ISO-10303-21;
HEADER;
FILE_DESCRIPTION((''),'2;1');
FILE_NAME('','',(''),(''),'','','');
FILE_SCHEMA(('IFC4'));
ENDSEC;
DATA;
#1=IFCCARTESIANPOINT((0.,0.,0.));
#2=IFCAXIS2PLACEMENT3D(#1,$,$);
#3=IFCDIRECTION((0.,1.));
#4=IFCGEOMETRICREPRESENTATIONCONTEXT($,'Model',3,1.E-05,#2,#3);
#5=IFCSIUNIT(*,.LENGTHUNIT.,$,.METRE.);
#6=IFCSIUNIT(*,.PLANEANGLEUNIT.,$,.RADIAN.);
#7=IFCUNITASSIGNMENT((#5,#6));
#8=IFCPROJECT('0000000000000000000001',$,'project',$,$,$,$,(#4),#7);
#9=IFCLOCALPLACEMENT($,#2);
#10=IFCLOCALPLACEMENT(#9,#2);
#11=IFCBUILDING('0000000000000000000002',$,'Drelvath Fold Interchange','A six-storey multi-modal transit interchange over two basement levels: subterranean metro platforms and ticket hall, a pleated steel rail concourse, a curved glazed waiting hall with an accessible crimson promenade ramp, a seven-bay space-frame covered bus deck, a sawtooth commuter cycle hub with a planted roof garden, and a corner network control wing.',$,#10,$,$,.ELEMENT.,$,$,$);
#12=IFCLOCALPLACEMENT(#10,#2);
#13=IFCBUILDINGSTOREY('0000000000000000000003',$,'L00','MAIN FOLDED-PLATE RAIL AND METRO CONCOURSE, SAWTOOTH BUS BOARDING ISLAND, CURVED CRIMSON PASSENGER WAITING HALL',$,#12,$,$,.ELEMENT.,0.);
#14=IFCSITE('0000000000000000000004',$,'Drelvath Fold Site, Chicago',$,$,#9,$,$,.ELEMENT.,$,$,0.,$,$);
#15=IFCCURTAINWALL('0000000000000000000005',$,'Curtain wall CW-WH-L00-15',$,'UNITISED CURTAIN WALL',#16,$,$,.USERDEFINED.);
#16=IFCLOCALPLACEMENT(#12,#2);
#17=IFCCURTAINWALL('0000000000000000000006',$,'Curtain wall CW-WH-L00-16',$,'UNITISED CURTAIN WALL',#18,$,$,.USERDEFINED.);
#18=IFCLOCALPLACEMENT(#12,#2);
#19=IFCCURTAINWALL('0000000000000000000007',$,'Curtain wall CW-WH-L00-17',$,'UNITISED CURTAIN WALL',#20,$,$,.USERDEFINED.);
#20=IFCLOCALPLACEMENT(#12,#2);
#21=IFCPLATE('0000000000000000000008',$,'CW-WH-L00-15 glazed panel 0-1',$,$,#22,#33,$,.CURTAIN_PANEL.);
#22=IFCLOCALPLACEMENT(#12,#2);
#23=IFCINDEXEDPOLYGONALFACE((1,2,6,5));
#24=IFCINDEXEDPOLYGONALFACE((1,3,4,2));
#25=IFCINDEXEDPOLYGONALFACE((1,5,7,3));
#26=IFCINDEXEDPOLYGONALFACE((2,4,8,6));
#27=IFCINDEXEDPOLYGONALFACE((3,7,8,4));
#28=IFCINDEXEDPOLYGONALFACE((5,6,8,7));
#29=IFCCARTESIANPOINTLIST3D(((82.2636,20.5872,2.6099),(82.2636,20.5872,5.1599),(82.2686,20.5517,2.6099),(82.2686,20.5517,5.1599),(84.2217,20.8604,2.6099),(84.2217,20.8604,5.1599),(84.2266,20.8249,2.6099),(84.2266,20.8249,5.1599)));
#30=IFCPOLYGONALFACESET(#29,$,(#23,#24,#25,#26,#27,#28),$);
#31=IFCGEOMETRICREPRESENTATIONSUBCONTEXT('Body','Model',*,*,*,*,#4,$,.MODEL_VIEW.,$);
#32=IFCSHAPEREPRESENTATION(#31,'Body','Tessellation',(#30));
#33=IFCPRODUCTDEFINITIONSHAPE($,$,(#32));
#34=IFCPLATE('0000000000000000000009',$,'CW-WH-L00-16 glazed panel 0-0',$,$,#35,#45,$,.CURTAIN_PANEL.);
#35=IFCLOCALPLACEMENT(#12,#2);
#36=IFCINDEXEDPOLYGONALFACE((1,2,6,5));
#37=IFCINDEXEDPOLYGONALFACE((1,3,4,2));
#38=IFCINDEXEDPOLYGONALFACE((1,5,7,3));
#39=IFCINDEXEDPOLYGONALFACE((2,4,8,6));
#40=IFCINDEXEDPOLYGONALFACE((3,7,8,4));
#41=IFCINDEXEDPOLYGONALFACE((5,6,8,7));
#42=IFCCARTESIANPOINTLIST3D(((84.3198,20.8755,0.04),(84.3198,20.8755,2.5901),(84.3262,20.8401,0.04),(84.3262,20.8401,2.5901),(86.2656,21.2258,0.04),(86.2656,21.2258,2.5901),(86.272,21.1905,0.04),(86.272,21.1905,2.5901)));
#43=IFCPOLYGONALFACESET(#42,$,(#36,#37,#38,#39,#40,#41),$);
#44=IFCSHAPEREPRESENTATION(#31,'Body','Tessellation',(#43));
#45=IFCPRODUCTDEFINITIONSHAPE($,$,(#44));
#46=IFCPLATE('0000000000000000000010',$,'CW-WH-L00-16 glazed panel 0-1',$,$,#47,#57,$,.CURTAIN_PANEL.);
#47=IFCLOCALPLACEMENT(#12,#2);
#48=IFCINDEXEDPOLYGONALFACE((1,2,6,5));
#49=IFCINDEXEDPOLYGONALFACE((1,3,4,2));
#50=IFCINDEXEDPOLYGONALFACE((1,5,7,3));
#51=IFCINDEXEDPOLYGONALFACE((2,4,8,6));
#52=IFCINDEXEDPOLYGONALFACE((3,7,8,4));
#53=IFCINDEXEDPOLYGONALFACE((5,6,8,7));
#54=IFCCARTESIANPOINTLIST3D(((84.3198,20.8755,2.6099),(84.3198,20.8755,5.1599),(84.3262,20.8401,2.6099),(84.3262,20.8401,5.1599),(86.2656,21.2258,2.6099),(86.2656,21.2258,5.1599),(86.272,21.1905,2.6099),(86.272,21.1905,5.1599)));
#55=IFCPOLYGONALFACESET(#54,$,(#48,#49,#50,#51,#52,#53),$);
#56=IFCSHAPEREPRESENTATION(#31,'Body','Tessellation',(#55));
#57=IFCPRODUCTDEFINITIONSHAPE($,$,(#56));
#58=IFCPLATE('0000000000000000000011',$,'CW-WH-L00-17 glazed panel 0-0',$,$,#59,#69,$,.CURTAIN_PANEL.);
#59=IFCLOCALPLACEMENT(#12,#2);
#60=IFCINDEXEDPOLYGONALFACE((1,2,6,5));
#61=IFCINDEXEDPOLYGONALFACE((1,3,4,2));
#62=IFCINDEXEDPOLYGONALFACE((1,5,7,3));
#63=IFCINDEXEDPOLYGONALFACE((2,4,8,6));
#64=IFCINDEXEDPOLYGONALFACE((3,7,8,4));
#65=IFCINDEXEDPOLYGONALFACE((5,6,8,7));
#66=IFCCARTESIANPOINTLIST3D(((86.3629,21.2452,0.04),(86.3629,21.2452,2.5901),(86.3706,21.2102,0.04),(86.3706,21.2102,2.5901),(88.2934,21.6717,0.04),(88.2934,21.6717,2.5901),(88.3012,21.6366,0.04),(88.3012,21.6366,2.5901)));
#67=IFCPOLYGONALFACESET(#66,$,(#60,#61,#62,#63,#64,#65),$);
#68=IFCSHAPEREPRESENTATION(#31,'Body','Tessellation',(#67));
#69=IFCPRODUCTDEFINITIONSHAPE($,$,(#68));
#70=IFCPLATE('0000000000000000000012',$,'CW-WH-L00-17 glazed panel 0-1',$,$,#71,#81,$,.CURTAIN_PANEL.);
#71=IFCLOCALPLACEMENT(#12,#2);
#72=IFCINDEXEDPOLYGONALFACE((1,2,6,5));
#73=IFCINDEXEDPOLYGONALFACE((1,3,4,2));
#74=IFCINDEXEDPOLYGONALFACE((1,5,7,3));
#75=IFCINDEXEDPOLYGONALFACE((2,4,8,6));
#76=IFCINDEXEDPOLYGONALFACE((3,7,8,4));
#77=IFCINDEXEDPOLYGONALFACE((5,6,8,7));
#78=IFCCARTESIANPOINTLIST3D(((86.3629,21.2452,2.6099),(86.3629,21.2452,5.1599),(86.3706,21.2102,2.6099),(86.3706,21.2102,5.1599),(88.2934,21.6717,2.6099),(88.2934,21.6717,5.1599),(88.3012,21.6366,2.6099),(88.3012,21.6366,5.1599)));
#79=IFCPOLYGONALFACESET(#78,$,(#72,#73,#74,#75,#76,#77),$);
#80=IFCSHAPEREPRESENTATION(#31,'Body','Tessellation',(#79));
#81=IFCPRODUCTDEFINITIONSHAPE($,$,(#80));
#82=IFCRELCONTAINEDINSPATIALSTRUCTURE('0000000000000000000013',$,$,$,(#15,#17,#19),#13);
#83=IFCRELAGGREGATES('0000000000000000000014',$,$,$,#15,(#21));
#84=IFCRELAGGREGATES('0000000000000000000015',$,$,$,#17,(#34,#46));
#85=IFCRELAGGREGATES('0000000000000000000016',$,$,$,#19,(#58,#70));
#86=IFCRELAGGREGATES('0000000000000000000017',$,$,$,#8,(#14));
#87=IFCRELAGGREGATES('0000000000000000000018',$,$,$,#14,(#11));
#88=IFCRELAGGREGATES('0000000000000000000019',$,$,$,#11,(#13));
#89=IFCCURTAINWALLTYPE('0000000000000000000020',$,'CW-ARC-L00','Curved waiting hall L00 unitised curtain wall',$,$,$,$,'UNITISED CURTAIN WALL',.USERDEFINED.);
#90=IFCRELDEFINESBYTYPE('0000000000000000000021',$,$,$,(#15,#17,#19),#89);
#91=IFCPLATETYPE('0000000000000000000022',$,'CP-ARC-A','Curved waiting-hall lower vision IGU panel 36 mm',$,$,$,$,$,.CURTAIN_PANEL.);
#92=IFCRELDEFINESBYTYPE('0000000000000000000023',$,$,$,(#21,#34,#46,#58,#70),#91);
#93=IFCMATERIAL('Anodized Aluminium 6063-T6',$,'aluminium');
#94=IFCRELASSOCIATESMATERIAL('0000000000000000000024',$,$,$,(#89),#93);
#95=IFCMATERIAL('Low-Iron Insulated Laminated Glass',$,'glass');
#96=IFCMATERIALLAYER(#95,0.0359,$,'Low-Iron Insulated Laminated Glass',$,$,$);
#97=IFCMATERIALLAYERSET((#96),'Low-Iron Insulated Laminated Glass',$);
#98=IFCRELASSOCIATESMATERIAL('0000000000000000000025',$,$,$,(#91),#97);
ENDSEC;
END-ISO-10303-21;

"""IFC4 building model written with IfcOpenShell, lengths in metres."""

from ifc_helpers import new_model, si_unit, direction, frame, origin, origin_2d, place, context, subcontext, project, spatial, rectangle, extrude, material, layer, layer_set, type_object, element, aggregate, save


model = new_model("IFC4")

# Units and contexts
model_context = context("Model", 3, precision=1e-05, world=origin(), true_north=direction((0.0, 1.0)))
body_context = subcontext(model_context, "Body", "Model", "MODEL_VIEW")
ifc_project = project(units=[si_unit("LENGTHUNIT", "METRE"), si_unit("PLANEANGLEUNIT", "RADIAN")], contexts=[model_context])

# Site, building, storey
site_placement = place(None, origin())
site = spatial("IfcSite", under=ifc_project, at=site_placement, Name="Drelvath Fold Site, Chicago", CompositionType="ELEMENT", RefElevation=0.0)
building_placement = place(site_placement, origin())
building = spatial("IfcBuilding", under=site, at=building_placement, Name="Drelvath Fold Interchange", Description="A six-storey multi-modal transit interchange over two basement levels: subterranean metro platforms and ticket hall, a pleated steel rail concourse, a curved glazed waiting hall with an accessible crimson promenade ramp, a seven-bay space-frame covered bus deck, a sawtooth commuter cycle hub with a planted roof garden, and a corner network control wing.", CompositionType="ELEMENT")
storey_placement = place(building_placement, origin())
storey = spatial("IfcBuildingStorey", under=building, at=storey_placement, Name="L00", Description="MAIN FOLDED-PLATE RAIL AND METRO CONCOURSE, SAWTOOTH BUS BOARDING ISLAND, CURVED CRIMSON PASSENGER WAITING HALL", CompositionType="ELEMENT", Elevation=0.0)

# Curtain walls
ifc_material_1 = material(Name="Anodized Aluminium 6063-T6", Category="aluminium")
curtain_wall_type = type_object("IfcCurtainWallType", Name="CW-ARC-L00", Description="Curved waiting hall L00 unitised curtain wall", ElementType="UNITISED CURTAIN WALL", PredefinedType="USERDEFINED", material=ifc_material_1)
curtain_wall_1_placement = place(storey_placement, origin())
curtain_wall_1 = element("IfcCurtainWall", 1, at=curtain_wall_1_placement, inside=storey, type_object=curtain_wall_type, Name="Curtain wall CW-WH-L00-15", ObjectType="UNITISED CURTAIN WALL", PredefinedType="USERDEFINED")
curtain_wall_2_placement = place(storey_placement, origin())
curtain_wall_2 = element("IfcCurtainWall", 2, at=curtain_wall_2_placement, inside=storey, type_object=curtain_wall_type, Name="Curtain wall CW-WH-L00-16", ObjectType="UNITISED CURTAIN WALL", PredefinedType="USERDEFINED")

# Curtain wall
curtain_wall_3_placement = place(storey_placement, origin())
curtain_wall_3 = element("IfcCurtainWall", 3, at=curtain_wall_3_placement, inside=storey, type_object=curtain_wall_type, Name="Curtain wall CW-WH-L00-17", ObjectType="UNITISED CURTAIN WALL", PredefinedType="USERDEFINED")

# Plates
ifc_material_2 = material(Name="Low-Iron Insulated Laminated Glass", Category="glass")
ifc_layer = layer(ifc_material_2, 0.0359, Name="Low-Iron Insulated Laminated Glass")
ifc_layer_set = layer_set([ifc_layer], Name="Low-Iron Insulated Laminated Glass")
plate_type = type_object("IfcPlateType", Name="CP-ARC-A", Description="Curved waiting-hall lower vision IGU panel 36 mm", PredefinedType="CURTAIN_PANEL", material=ifc_layer_set)
plate_1_placement = place(storey_placement, frame((83.2451, 20.7061, 2.6099), z_axis=(0.0, 0.0, 1.0), x_axis=(0.990406, 0.138188, 0.0)))
plate_1 = element("IfcPlate", 4, at=plate_1_placement, type_object=plate_type, Name="CW-WH-L00-15 glazed panel 0-1", PredefinedType="CURTAIN_PANEL", context=body_context, shape_type="SweptSolid", body=[
    extrude(rectangle(XDim=1.9771, YDim=0.0359, at=origin_2d()), origin(), (0.0, 0.0, 1.0), 2.55),
])
aggregate(curtain_wall_1, [plate_1])
plate_2_placement = place(storey_placement, frame((85.2959, 21.033, 0.04), z_axis=(0.0, 0.0, 1.0), x_axis=(0.984177, 0.177188, 0.0)))
plate_2 = element("IfcPlate", 5, at=plate_2_placement, type_object=plate_type, Name="CW-WH-L00-16 glazed panel 0-0", PredefinedType="CURTAIN_PANEL", context=body_context, shape_type="SweptSolid", body=[
    extrude(rectangle(XDim=1.9771, YDim=0.0359, at=origin_2d()), origin(), (0.0, 0.0, 1.0), 2.55),
])
plate_3_placement = place(storey_placement, frame((85.2959, 21.033, 2.6099), z_axis=(0.0, 0.0, 1.0), x_axis=(0.984177, 0.177188, 0.0)))
plate_3 = element("IfcPlate", 6, at=plate_3_placement, type_object=plate_type, Name="CW-WH-L00-16 glazed panel 0-1", PredefinedType="CURTAIN_PANEL", context=body_context, shape_type="SweptSolid", body=[
    extrude(rectangle(XDim=1.9771, YDim=0.0359, at=origin_2d()), origin(), (0.0, 0.0, 1.0), 2.55),
])
aggregate(curtain_wall_2, [plate_2, plate_3])
plate_4_placement = place(storey_placement, frame((87.332, 21.4409, 0.04), z_axis=(0.0, 0.0, 1.0), x_axis=(0.976458, 0.215707, 0.0)))
plate_4 = element("IfcPlate", 7, at=plate_4_placement, type_object=plate_type, Name="CW-WH-L00-17 glazed panel 0-0", PredefinedType="CURTAIN_PANEL", context=body_context, shape_type="SweptSolid", body=[
    extrude(rectangle(XDim=1.9771, YDim=0.0359, at=origin_2d()), origin(), (0.0, 0.0, 1.0), 2.55),
])
plate_5_placement = place(storey_placement, frame((87.332, 21.4409, 2.6099), z_axis=(0.0, 0.0, 1.0), x_axis=(0.976458, 0.215707, 0.0)))
plate_5 = element("IfcPlate", 8, at=plate_5_placement, type_object=plate_type, Name="CW-WH-L00-17 glazed panel 0-1", PredefinedType="CURTAIN_PANEL", context=body_context, shape_type="SweptSolid", body=[
    extrude(rectangle(XDim=1.9771, YDim=0.0359, at=origin_2d()), origin(), (0.0, 0.0, 1.0), 2.55),
])
aggregate(curtain_wall_3, [plate_4, plate_5])

save(model, "model.ifc")
